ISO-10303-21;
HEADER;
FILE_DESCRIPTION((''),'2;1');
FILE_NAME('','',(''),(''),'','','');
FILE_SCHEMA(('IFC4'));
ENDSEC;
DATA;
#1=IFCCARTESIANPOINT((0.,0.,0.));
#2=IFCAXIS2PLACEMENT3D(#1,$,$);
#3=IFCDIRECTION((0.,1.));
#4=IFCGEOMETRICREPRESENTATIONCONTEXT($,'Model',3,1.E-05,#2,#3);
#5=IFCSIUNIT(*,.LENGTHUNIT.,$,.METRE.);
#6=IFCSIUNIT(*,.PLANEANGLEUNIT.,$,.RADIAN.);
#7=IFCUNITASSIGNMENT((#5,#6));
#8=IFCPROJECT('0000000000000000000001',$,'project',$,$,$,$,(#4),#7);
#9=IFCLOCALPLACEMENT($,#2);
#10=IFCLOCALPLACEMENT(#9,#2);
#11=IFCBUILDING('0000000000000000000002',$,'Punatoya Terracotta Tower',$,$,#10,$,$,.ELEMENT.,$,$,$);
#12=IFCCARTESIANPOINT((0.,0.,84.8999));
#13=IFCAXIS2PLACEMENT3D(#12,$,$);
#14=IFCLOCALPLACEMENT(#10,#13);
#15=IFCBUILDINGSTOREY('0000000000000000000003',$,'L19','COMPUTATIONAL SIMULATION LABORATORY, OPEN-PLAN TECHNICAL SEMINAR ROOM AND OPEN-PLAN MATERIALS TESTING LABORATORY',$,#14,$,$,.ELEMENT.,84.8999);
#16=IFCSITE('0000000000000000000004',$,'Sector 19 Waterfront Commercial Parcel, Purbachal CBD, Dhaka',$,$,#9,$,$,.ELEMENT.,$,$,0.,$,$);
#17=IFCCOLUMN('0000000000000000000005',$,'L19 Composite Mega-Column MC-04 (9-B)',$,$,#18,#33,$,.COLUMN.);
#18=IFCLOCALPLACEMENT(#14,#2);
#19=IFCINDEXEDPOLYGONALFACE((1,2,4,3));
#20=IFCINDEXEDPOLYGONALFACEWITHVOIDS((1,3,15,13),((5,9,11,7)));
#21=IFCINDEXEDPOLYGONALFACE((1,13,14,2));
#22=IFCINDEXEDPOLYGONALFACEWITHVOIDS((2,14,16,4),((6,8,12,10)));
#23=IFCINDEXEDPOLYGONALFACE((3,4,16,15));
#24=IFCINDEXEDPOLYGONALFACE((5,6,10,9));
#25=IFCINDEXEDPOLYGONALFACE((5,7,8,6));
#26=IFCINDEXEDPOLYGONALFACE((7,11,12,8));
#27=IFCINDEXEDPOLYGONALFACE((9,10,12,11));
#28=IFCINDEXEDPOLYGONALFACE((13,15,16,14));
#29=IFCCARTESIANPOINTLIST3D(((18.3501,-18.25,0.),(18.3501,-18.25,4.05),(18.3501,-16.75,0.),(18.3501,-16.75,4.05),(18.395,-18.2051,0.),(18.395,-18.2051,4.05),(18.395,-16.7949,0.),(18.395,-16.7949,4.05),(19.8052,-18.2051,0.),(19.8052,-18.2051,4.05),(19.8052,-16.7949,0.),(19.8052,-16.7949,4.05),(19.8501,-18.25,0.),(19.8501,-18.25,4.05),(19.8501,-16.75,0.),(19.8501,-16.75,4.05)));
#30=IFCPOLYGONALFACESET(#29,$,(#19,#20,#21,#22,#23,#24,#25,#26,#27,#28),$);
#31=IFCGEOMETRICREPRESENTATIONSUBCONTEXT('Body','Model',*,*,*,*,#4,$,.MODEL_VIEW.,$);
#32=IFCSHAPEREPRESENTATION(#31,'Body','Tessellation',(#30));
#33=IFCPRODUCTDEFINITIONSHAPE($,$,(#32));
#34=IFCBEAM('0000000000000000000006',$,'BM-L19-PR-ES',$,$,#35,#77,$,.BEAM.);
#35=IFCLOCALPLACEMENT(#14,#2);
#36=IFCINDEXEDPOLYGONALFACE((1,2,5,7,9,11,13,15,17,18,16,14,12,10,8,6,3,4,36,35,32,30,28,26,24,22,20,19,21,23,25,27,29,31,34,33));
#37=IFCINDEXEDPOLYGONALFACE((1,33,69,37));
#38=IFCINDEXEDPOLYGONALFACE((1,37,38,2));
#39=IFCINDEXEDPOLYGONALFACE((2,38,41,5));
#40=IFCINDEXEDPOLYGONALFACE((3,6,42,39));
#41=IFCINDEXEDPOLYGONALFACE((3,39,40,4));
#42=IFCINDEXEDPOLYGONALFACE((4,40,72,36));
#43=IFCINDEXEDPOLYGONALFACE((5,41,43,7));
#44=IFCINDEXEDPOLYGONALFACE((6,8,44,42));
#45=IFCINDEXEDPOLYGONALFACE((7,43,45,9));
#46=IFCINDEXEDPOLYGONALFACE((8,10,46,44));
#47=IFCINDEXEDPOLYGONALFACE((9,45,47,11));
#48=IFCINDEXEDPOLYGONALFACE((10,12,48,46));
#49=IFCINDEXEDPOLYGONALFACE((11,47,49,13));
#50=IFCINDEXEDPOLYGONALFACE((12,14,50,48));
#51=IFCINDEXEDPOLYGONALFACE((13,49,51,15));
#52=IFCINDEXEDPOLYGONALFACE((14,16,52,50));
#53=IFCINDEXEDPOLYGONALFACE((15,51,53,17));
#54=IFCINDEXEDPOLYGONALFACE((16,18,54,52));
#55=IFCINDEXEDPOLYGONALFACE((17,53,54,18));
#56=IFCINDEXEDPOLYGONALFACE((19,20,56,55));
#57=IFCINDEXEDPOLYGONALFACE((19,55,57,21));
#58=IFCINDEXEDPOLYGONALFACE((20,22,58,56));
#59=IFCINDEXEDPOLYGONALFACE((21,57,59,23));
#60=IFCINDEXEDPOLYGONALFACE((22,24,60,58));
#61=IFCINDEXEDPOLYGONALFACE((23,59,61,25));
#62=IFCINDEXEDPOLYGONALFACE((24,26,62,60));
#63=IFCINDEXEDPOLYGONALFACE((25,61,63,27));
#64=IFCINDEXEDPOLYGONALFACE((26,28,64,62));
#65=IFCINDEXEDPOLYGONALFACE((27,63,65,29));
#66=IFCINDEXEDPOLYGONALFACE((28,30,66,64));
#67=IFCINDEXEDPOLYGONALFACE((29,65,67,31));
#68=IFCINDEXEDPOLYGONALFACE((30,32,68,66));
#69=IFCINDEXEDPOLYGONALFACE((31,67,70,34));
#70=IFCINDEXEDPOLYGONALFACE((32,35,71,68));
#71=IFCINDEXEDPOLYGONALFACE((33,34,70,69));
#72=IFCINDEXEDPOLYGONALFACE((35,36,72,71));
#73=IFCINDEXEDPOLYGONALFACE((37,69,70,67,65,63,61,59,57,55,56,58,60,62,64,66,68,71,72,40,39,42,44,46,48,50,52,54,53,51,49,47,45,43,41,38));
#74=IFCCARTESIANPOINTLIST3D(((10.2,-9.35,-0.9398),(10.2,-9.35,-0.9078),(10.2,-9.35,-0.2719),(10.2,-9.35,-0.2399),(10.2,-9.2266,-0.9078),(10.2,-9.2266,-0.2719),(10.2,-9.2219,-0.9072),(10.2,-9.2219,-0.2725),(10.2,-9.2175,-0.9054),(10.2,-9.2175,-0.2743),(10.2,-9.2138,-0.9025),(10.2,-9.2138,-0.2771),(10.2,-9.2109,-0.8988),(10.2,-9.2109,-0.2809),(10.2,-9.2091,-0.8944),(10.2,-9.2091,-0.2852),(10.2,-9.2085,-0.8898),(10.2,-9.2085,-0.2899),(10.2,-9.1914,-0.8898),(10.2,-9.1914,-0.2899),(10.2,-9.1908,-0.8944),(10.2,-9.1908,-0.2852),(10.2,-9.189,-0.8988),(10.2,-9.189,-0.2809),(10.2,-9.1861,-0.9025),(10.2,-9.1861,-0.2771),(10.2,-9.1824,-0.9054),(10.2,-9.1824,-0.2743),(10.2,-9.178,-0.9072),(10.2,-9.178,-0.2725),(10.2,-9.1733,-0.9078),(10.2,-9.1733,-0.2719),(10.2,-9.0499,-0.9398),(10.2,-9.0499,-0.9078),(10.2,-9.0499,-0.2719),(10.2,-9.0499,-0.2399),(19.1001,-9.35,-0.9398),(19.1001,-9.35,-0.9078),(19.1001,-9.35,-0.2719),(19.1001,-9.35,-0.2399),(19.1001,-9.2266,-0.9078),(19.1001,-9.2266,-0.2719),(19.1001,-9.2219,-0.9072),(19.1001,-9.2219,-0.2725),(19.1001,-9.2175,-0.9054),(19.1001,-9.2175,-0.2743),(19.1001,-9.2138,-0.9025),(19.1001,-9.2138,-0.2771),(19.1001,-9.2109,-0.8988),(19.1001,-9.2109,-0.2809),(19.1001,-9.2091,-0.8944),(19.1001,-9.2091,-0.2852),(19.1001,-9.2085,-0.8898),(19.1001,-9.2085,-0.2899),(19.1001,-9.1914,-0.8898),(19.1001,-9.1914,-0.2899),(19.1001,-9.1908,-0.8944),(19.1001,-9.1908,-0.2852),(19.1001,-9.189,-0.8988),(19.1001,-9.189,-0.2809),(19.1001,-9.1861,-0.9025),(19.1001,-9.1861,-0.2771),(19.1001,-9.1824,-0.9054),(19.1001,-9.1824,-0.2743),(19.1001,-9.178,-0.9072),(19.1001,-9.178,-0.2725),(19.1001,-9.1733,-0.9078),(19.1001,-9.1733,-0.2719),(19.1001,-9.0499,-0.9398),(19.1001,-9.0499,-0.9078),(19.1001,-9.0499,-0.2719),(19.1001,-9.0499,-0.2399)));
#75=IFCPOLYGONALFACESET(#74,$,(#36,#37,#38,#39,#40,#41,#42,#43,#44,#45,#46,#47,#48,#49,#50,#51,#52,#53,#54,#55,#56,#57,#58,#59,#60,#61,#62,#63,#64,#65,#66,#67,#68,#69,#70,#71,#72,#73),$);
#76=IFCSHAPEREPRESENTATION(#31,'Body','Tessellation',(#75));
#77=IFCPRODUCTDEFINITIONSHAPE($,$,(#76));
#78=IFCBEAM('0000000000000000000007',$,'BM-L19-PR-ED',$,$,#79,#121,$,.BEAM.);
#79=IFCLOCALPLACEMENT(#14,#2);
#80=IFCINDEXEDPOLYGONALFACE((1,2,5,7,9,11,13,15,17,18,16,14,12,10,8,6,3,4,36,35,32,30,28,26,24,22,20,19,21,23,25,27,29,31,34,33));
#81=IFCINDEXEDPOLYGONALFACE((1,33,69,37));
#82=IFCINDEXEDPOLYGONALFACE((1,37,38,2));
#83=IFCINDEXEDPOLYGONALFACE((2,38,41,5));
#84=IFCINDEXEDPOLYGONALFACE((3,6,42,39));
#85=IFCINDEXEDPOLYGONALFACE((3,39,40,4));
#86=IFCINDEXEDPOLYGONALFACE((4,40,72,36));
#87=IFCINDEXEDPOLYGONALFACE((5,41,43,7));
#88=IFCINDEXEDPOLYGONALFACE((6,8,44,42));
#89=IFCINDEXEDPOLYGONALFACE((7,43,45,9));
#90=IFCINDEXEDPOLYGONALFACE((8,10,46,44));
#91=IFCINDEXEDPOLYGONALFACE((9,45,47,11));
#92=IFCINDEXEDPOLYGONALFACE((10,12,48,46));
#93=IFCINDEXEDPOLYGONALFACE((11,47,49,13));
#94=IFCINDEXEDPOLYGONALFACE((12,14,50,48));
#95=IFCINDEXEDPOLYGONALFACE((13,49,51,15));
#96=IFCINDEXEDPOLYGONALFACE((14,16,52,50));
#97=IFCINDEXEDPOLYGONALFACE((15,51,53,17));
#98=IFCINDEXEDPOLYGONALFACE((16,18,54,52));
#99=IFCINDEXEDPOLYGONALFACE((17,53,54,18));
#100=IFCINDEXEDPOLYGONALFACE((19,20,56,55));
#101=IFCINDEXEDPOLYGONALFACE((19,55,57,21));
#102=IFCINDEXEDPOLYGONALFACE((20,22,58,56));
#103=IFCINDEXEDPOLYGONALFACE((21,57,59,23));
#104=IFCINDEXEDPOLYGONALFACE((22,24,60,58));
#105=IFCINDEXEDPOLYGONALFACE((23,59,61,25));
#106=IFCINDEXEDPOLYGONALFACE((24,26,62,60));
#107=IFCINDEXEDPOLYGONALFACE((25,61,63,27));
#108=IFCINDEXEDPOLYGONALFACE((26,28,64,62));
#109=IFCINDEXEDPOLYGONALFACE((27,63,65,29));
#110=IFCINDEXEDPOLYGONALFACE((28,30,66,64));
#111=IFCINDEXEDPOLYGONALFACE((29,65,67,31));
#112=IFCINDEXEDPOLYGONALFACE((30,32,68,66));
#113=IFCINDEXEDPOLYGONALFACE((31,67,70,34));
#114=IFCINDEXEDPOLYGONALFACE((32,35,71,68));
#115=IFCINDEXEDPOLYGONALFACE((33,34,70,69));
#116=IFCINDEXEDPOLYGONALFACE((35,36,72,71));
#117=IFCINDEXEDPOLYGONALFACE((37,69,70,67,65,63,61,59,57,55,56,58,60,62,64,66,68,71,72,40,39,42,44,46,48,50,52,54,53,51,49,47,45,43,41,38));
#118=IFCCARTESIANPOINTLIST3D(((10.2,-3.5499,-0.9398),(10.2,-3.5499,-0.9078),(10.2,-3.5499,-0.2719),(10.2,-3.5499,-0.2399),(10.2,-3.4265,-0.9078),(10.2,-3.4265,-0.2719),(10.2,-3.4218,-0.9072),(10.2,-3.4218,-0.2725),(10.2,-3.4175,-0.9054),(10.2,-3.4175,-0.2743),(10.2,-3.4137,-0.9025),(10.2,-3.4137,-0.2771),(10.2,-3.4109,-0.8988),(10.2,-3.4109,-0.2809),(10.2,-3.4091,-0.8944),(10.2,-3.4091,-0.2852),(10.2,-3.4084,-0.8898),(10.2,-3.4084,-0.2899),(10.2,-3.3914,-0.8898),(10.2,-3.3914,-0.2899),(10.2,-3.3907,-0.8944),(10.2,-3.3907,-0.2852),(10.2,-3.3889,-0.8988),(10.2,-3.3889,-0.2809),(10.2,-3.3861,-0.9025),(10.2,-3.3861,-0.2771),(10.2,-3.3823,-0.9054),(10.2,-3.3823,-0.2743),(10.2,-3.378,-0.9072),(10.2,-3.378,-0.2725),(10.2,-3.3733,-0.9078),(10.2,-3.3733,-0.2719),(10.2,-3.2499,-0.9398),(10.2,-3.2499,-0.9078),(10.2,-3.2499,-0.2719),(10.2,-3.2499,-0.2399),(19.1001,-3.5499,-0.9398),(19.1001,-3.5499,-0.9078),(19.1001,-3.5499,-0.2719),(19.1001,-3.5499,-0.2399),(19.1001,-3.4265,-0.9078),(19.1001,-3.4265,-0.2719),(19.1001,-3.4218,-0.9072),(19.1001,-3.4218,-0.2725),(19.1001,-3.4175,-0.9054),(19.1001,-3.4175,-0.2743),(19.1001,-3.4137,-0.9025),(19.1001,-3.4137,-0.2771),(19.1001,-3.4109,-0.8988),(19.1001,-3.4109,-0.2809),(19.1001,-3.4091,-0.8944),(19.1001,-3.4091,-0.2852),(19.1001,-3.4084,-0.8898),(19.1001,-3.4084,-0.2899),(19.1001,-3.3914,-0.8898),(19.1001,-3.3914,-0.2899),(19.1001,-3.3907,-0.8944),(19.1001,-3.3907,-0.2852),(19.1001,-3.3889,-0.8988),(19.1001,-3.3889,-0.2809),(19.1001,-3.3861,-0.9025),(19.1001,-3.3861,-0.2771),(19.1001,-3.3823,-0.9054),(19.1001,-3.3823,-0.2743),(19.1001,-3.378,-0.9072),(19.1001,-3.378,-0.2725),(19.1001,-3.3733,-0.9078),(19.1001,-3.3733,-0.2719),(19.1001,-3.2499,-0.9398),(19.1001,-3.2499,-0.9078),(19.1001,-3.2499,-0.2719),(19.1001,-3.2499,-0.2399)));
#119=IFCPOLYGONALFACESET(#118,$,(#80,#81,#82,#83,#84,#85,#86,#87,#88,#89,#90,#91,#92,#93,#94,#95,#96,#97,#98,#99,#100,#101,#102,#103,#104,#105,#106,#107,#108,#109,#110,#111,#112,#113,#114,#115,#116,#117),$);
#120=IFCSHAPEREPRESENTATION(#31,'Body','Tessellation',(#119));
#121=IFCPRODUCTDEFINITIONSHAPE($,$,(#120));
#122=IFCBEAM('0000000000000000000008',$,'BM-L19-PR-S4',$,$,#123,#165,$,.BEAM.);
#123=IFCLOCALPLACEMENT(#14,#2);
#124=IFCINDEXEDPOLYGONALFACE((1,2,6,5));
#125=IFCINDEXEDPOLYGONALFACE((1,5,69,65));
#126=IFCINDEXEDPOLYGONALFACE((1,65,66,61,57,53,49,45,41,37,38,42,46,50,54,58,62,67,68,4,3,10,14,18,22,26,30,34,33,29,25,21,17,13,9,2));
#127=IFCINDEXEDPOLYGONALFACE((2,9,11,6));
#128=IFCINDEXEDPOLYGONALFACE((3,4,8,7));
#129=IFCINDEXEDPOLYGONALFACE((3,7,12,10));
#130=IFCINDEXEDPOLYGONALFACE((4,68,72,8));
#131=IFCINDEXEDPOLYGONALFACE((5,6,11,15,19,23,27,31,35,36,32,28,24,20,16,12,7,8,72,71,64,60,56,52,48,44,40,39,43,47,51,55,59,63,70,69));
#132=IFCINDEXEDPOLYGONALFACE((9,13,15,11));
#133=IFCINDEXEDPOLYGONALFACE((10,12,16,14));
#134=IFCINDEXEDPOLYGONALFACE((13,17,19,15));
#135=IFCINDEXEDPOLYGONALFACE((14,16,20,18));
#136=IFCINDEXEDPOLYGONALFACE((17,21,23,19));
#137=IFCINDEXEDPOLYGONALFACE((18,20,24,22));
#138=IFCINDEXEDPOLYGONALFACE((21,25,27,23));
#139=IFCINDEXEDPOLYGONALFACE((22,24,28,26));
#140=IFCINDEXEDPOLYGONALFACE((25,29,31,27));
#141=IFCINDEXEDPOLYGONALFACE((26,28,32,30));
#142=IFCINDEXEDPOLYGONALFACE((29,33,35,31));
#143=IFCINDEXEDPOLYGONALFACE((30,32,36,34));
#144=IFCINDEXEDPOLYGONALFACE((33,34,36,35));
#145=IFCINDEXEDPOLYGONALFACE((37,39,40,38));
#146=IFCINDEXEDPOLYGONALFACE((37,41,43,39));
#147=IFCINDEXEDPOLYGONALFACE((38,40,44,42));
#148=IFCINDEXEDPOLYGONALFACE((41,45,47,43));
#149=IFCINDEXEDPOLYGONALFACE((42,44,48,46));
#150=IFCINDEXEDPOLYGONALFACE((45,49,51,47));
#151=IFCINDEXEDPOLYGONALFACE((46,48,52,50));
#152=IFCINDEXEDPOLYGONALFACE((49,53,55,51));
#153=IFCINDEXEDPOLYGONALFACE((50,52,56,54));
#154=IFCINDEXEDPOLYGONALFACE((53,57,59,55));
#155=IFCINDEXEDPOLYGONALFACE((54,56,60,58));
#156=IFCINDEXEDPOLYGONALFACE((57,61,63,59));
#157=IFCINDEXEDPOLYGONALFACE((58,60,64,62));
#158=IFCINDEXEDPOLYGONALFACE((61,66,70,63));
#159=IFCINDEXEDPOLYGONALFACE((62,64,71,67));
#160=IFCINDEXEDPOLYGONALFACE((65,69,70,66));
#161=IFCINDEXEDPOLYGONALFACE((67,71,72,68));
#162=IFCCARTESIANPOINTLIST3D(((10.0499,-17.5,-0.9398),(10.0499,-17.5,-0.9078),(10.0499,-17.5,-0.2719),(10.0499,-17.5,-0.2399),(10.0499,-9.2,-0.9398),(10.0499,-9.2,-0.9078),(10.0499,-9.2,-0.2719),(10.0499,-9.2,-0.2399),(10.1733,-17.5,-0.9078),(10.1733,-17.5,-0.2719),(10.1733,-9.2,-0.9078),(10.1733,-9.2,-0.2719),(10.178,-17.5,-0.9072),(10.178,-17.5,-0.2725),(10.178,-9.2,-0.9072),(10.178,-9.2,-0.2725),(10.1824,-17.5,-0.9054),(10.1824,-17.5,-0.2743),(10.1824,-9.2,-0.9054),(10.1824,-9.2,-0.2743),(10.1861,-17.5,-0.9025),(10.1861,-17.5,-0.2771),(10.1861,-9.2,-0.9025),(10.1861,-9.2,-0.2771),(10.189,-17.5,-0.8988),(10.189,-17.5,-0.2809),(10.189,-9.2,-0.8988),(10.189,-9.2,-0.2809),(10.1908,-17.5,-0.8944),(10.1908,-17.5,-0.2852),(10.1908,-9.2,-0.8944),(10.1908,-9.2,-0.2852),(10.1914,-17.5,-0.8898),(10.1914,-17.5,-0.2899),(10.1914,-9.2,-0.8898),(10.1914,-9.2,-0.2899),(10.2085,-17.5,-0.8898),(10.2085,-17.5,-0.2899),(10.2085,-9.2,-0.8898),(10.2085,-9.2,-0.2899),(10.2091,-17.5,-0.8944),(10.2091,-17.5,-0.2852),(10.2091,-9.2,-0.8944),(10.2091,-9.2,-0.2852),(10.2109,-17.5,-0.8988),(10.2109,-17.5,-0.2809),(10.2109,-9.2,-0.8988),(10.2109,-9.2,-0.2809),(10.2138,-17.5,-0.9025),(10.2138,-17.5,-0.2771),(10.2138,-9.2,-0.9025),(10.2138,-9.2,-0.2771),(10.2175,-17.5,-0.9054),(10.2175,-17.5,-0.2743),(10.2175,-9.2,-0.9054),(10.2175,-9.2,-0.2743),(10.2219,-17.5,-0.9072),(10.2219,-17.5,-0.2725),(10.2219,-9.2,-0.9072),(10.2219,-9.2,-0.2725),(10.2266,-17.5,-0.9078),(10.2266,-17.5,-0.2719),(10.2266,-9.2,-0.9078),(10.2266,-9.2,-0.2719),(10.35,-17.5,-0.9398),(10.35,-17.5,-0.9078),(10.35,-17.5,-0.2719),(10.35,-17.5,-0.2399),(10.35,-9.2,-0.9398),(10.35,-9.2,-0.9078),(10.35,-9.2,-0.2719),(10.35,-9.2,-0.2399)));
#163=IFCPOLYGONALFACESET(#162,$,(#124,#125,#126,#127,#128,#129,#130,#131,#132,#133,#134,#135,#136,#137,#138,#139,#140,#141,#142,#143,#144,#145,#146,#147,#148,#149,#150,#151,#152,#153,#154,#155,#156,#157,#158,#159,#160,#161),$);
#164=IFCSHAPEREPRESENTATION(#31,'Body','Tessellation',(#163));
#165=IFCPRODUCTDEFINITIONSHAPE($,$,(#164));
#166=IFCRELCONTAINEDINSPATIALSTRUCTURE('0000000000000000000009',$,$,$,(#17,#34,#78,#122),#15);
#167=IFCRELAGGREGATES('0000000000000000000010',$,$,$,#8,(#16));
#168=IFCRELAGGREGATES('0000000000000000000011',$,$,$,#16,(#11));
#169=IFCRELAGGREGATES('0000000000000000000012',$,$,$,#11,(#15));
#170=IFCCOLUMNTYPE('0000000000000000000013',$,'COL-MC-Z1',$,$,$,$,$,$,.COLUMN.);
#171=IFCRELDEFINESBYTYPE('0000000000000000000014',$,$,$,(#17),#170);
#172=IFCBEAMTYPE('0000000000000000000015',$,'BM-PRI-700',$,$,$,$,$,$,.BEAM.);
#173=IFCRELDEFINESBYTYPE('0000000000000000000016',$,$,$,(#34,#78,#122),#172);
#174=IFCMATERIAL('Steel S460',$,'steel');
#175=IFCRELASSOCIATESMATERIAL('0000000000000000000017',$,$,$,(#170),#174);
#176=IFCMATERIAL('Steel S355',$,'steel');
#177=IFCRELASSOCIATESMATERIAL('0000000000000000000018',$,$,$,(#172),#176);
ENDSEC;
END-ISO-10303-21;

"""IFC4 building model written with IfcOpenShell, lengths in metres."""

from ifc_helpers import new_model, si_unit, direction, frame, origin, origin_2d, place, context, subcontext, project, spatial, hollow_rectangle, i_section, extrude, material, material_profile, profile_set, type_object, element, save


model = new_model("IFC4")

# Units and contexts
model_context = context("Model", 3, precision=1e-05, world=origin(), true_north=direction((0.0, 1.0)))
body_context = subcontext(model_context, "Body", "Model", "MODEL_VIEW")
ifc_project = project(units=[si_unit("LENGTHUNIT", "METRE"), si_unit("PLANEANGLEUNIT", "RADIAN")], contexts=[model_context])

# Site, building, storey
site_placement = place(None, origin())
site = spatial("IfcSite", under=ifc_project, at=site_placement, Name="Sector 19 Waterfront Commercial Parcel, Purbachal CBD, Dhaka", CompositionType="ELEMENT", RefElevation=0.0)
building_placement = place(site_placement, origin())
building = spatial("IfcBuilding", under=site, at=building_placement, Name="Punatoya Terracotta Tower", CompositionType="ELEMENT")
storey_placement = place(building_placement, frame((0.0, 0.0, 84.8999)))
storey = spatial("IfcBuildingStorey", under=building, at=storey_placement, Name="L19", Description="COMPUTATIONAL SIMULATION LABORATORY, OPEN-PLAN TECHNICAL SEMINAR ROOM AND OPEN-PLAN MATERIALS TESTING LABORATORY", CompositionType="ELEMENT", Elevation=84.8999)

# Column
ifc_material_1 = material(Name="Steel S460", Category="steel")
ifc_material_profile_1 = material_profile(ifc_material_1, hollow_rectangle(XDim=1.5, YDim=1.5, WallThickness=0.0449, at=origin_2d()))
ifc_profile_set_1 = profile_set([ifc_material_profile_1], Name="Steel S460")
column_type = type_object("IfcColumnType", Name="COL-MC-Z1", PredefinedType="COLUMN", material=ifc_profile_set_1)
column_placement = place(storey_placement, frame((19.1001, -17.5, 0.0), z_axis=(0.0, 0.0, 1.0), x_axis=(1.0, 0.0, 0.0)))
element("IfcColumn", 1, at=column_placement, inside=storey, type_object=column_type, Name="L19 Composite Mega-Column MC-04 (9-B)", PredefinedType="COLUMN", context=body_context, shape_type="SweptSolid", body=[
    extrude(hollow_rectangle(XDim=1.5, YDim=1.5, WallThickness=0.0449, at=origin_2d()), origin(), (0.0, 0.0, 1.0), 4.05),
])

# Beams
ifc_material_2 = material(Name="Steel S355", Category="steel")
ifc_material_profile_2 = material_profile(ifc_material_2, i_section(OverallWidth=0.3, OverallDepth=0.7, WebThickness=0.0171, FlangeThickness=0.032, FilletRadius=0.0181, at=origin_2d()))
ifc_profile_set_2 = profile_set([ifc_material_profile_2], Name="Steel S355")
beam_type_1 = type_object("IfcBeamType", Name="BM-PRI-700", PredefinedType="BEAM", material=ifc_profile_set_2)
for number, where, z_axis, x_axis, name in (
    (2, (10.2, -9.2, -0.5898), (1.0, 0.0, 0.0), (0.0, 1.0, 0.0), "BM-L19-PR-ES"),
    (3, (10.2, -3.3999, -0.5898), (1.0, 0.0, 0.0), (0.0, 1.0, 0.0), "BM-L19-PR-ED"),
):
    element("IfcBeam", number, at=place(storey_placement, frame(where, z_axis=z_axis, x_axis=x_axis)), inside=storey, type_object=beam_type_1, Name=name, PredefinedType="BEAM", context=body_context, shape_type="SweptSolid", body=[
        extrude(i_section(OverallWidth=0.3, OverallDepth=0.7, WebThickness=0.0171, FlangeThickness=0.032, FilletRadius=0.0181, at=origin_2d()), origin(), (0.0, 0.0, 1.0), 8.9001),
    ])
beam_1_placement = place(storey_placement, frame((10.2, -17.5, -0.5898), z_axis=(0.0, 1.0, 0.0), x_axis=(-1.0, 0.0, 0.0)))
element("IfcBeam", 4, at=beam_1_placement, inside=storey, type_object=beam_type_1, Name="BM-L19-PR-S4", PredefinedType="BEAM", context=body_context, shape_type="SweptSolid", body=[
    extrude(i_section(OverallWidth=0.3, OverallDepth=0.7, WebThickness=0.0171, FlangeThickness=0.032, FilletRadius=0.0181, at=origin_2d()), origin(), (0.0, 0.0, 1.0), 8.3),
])

save(model, "model.ifc")
